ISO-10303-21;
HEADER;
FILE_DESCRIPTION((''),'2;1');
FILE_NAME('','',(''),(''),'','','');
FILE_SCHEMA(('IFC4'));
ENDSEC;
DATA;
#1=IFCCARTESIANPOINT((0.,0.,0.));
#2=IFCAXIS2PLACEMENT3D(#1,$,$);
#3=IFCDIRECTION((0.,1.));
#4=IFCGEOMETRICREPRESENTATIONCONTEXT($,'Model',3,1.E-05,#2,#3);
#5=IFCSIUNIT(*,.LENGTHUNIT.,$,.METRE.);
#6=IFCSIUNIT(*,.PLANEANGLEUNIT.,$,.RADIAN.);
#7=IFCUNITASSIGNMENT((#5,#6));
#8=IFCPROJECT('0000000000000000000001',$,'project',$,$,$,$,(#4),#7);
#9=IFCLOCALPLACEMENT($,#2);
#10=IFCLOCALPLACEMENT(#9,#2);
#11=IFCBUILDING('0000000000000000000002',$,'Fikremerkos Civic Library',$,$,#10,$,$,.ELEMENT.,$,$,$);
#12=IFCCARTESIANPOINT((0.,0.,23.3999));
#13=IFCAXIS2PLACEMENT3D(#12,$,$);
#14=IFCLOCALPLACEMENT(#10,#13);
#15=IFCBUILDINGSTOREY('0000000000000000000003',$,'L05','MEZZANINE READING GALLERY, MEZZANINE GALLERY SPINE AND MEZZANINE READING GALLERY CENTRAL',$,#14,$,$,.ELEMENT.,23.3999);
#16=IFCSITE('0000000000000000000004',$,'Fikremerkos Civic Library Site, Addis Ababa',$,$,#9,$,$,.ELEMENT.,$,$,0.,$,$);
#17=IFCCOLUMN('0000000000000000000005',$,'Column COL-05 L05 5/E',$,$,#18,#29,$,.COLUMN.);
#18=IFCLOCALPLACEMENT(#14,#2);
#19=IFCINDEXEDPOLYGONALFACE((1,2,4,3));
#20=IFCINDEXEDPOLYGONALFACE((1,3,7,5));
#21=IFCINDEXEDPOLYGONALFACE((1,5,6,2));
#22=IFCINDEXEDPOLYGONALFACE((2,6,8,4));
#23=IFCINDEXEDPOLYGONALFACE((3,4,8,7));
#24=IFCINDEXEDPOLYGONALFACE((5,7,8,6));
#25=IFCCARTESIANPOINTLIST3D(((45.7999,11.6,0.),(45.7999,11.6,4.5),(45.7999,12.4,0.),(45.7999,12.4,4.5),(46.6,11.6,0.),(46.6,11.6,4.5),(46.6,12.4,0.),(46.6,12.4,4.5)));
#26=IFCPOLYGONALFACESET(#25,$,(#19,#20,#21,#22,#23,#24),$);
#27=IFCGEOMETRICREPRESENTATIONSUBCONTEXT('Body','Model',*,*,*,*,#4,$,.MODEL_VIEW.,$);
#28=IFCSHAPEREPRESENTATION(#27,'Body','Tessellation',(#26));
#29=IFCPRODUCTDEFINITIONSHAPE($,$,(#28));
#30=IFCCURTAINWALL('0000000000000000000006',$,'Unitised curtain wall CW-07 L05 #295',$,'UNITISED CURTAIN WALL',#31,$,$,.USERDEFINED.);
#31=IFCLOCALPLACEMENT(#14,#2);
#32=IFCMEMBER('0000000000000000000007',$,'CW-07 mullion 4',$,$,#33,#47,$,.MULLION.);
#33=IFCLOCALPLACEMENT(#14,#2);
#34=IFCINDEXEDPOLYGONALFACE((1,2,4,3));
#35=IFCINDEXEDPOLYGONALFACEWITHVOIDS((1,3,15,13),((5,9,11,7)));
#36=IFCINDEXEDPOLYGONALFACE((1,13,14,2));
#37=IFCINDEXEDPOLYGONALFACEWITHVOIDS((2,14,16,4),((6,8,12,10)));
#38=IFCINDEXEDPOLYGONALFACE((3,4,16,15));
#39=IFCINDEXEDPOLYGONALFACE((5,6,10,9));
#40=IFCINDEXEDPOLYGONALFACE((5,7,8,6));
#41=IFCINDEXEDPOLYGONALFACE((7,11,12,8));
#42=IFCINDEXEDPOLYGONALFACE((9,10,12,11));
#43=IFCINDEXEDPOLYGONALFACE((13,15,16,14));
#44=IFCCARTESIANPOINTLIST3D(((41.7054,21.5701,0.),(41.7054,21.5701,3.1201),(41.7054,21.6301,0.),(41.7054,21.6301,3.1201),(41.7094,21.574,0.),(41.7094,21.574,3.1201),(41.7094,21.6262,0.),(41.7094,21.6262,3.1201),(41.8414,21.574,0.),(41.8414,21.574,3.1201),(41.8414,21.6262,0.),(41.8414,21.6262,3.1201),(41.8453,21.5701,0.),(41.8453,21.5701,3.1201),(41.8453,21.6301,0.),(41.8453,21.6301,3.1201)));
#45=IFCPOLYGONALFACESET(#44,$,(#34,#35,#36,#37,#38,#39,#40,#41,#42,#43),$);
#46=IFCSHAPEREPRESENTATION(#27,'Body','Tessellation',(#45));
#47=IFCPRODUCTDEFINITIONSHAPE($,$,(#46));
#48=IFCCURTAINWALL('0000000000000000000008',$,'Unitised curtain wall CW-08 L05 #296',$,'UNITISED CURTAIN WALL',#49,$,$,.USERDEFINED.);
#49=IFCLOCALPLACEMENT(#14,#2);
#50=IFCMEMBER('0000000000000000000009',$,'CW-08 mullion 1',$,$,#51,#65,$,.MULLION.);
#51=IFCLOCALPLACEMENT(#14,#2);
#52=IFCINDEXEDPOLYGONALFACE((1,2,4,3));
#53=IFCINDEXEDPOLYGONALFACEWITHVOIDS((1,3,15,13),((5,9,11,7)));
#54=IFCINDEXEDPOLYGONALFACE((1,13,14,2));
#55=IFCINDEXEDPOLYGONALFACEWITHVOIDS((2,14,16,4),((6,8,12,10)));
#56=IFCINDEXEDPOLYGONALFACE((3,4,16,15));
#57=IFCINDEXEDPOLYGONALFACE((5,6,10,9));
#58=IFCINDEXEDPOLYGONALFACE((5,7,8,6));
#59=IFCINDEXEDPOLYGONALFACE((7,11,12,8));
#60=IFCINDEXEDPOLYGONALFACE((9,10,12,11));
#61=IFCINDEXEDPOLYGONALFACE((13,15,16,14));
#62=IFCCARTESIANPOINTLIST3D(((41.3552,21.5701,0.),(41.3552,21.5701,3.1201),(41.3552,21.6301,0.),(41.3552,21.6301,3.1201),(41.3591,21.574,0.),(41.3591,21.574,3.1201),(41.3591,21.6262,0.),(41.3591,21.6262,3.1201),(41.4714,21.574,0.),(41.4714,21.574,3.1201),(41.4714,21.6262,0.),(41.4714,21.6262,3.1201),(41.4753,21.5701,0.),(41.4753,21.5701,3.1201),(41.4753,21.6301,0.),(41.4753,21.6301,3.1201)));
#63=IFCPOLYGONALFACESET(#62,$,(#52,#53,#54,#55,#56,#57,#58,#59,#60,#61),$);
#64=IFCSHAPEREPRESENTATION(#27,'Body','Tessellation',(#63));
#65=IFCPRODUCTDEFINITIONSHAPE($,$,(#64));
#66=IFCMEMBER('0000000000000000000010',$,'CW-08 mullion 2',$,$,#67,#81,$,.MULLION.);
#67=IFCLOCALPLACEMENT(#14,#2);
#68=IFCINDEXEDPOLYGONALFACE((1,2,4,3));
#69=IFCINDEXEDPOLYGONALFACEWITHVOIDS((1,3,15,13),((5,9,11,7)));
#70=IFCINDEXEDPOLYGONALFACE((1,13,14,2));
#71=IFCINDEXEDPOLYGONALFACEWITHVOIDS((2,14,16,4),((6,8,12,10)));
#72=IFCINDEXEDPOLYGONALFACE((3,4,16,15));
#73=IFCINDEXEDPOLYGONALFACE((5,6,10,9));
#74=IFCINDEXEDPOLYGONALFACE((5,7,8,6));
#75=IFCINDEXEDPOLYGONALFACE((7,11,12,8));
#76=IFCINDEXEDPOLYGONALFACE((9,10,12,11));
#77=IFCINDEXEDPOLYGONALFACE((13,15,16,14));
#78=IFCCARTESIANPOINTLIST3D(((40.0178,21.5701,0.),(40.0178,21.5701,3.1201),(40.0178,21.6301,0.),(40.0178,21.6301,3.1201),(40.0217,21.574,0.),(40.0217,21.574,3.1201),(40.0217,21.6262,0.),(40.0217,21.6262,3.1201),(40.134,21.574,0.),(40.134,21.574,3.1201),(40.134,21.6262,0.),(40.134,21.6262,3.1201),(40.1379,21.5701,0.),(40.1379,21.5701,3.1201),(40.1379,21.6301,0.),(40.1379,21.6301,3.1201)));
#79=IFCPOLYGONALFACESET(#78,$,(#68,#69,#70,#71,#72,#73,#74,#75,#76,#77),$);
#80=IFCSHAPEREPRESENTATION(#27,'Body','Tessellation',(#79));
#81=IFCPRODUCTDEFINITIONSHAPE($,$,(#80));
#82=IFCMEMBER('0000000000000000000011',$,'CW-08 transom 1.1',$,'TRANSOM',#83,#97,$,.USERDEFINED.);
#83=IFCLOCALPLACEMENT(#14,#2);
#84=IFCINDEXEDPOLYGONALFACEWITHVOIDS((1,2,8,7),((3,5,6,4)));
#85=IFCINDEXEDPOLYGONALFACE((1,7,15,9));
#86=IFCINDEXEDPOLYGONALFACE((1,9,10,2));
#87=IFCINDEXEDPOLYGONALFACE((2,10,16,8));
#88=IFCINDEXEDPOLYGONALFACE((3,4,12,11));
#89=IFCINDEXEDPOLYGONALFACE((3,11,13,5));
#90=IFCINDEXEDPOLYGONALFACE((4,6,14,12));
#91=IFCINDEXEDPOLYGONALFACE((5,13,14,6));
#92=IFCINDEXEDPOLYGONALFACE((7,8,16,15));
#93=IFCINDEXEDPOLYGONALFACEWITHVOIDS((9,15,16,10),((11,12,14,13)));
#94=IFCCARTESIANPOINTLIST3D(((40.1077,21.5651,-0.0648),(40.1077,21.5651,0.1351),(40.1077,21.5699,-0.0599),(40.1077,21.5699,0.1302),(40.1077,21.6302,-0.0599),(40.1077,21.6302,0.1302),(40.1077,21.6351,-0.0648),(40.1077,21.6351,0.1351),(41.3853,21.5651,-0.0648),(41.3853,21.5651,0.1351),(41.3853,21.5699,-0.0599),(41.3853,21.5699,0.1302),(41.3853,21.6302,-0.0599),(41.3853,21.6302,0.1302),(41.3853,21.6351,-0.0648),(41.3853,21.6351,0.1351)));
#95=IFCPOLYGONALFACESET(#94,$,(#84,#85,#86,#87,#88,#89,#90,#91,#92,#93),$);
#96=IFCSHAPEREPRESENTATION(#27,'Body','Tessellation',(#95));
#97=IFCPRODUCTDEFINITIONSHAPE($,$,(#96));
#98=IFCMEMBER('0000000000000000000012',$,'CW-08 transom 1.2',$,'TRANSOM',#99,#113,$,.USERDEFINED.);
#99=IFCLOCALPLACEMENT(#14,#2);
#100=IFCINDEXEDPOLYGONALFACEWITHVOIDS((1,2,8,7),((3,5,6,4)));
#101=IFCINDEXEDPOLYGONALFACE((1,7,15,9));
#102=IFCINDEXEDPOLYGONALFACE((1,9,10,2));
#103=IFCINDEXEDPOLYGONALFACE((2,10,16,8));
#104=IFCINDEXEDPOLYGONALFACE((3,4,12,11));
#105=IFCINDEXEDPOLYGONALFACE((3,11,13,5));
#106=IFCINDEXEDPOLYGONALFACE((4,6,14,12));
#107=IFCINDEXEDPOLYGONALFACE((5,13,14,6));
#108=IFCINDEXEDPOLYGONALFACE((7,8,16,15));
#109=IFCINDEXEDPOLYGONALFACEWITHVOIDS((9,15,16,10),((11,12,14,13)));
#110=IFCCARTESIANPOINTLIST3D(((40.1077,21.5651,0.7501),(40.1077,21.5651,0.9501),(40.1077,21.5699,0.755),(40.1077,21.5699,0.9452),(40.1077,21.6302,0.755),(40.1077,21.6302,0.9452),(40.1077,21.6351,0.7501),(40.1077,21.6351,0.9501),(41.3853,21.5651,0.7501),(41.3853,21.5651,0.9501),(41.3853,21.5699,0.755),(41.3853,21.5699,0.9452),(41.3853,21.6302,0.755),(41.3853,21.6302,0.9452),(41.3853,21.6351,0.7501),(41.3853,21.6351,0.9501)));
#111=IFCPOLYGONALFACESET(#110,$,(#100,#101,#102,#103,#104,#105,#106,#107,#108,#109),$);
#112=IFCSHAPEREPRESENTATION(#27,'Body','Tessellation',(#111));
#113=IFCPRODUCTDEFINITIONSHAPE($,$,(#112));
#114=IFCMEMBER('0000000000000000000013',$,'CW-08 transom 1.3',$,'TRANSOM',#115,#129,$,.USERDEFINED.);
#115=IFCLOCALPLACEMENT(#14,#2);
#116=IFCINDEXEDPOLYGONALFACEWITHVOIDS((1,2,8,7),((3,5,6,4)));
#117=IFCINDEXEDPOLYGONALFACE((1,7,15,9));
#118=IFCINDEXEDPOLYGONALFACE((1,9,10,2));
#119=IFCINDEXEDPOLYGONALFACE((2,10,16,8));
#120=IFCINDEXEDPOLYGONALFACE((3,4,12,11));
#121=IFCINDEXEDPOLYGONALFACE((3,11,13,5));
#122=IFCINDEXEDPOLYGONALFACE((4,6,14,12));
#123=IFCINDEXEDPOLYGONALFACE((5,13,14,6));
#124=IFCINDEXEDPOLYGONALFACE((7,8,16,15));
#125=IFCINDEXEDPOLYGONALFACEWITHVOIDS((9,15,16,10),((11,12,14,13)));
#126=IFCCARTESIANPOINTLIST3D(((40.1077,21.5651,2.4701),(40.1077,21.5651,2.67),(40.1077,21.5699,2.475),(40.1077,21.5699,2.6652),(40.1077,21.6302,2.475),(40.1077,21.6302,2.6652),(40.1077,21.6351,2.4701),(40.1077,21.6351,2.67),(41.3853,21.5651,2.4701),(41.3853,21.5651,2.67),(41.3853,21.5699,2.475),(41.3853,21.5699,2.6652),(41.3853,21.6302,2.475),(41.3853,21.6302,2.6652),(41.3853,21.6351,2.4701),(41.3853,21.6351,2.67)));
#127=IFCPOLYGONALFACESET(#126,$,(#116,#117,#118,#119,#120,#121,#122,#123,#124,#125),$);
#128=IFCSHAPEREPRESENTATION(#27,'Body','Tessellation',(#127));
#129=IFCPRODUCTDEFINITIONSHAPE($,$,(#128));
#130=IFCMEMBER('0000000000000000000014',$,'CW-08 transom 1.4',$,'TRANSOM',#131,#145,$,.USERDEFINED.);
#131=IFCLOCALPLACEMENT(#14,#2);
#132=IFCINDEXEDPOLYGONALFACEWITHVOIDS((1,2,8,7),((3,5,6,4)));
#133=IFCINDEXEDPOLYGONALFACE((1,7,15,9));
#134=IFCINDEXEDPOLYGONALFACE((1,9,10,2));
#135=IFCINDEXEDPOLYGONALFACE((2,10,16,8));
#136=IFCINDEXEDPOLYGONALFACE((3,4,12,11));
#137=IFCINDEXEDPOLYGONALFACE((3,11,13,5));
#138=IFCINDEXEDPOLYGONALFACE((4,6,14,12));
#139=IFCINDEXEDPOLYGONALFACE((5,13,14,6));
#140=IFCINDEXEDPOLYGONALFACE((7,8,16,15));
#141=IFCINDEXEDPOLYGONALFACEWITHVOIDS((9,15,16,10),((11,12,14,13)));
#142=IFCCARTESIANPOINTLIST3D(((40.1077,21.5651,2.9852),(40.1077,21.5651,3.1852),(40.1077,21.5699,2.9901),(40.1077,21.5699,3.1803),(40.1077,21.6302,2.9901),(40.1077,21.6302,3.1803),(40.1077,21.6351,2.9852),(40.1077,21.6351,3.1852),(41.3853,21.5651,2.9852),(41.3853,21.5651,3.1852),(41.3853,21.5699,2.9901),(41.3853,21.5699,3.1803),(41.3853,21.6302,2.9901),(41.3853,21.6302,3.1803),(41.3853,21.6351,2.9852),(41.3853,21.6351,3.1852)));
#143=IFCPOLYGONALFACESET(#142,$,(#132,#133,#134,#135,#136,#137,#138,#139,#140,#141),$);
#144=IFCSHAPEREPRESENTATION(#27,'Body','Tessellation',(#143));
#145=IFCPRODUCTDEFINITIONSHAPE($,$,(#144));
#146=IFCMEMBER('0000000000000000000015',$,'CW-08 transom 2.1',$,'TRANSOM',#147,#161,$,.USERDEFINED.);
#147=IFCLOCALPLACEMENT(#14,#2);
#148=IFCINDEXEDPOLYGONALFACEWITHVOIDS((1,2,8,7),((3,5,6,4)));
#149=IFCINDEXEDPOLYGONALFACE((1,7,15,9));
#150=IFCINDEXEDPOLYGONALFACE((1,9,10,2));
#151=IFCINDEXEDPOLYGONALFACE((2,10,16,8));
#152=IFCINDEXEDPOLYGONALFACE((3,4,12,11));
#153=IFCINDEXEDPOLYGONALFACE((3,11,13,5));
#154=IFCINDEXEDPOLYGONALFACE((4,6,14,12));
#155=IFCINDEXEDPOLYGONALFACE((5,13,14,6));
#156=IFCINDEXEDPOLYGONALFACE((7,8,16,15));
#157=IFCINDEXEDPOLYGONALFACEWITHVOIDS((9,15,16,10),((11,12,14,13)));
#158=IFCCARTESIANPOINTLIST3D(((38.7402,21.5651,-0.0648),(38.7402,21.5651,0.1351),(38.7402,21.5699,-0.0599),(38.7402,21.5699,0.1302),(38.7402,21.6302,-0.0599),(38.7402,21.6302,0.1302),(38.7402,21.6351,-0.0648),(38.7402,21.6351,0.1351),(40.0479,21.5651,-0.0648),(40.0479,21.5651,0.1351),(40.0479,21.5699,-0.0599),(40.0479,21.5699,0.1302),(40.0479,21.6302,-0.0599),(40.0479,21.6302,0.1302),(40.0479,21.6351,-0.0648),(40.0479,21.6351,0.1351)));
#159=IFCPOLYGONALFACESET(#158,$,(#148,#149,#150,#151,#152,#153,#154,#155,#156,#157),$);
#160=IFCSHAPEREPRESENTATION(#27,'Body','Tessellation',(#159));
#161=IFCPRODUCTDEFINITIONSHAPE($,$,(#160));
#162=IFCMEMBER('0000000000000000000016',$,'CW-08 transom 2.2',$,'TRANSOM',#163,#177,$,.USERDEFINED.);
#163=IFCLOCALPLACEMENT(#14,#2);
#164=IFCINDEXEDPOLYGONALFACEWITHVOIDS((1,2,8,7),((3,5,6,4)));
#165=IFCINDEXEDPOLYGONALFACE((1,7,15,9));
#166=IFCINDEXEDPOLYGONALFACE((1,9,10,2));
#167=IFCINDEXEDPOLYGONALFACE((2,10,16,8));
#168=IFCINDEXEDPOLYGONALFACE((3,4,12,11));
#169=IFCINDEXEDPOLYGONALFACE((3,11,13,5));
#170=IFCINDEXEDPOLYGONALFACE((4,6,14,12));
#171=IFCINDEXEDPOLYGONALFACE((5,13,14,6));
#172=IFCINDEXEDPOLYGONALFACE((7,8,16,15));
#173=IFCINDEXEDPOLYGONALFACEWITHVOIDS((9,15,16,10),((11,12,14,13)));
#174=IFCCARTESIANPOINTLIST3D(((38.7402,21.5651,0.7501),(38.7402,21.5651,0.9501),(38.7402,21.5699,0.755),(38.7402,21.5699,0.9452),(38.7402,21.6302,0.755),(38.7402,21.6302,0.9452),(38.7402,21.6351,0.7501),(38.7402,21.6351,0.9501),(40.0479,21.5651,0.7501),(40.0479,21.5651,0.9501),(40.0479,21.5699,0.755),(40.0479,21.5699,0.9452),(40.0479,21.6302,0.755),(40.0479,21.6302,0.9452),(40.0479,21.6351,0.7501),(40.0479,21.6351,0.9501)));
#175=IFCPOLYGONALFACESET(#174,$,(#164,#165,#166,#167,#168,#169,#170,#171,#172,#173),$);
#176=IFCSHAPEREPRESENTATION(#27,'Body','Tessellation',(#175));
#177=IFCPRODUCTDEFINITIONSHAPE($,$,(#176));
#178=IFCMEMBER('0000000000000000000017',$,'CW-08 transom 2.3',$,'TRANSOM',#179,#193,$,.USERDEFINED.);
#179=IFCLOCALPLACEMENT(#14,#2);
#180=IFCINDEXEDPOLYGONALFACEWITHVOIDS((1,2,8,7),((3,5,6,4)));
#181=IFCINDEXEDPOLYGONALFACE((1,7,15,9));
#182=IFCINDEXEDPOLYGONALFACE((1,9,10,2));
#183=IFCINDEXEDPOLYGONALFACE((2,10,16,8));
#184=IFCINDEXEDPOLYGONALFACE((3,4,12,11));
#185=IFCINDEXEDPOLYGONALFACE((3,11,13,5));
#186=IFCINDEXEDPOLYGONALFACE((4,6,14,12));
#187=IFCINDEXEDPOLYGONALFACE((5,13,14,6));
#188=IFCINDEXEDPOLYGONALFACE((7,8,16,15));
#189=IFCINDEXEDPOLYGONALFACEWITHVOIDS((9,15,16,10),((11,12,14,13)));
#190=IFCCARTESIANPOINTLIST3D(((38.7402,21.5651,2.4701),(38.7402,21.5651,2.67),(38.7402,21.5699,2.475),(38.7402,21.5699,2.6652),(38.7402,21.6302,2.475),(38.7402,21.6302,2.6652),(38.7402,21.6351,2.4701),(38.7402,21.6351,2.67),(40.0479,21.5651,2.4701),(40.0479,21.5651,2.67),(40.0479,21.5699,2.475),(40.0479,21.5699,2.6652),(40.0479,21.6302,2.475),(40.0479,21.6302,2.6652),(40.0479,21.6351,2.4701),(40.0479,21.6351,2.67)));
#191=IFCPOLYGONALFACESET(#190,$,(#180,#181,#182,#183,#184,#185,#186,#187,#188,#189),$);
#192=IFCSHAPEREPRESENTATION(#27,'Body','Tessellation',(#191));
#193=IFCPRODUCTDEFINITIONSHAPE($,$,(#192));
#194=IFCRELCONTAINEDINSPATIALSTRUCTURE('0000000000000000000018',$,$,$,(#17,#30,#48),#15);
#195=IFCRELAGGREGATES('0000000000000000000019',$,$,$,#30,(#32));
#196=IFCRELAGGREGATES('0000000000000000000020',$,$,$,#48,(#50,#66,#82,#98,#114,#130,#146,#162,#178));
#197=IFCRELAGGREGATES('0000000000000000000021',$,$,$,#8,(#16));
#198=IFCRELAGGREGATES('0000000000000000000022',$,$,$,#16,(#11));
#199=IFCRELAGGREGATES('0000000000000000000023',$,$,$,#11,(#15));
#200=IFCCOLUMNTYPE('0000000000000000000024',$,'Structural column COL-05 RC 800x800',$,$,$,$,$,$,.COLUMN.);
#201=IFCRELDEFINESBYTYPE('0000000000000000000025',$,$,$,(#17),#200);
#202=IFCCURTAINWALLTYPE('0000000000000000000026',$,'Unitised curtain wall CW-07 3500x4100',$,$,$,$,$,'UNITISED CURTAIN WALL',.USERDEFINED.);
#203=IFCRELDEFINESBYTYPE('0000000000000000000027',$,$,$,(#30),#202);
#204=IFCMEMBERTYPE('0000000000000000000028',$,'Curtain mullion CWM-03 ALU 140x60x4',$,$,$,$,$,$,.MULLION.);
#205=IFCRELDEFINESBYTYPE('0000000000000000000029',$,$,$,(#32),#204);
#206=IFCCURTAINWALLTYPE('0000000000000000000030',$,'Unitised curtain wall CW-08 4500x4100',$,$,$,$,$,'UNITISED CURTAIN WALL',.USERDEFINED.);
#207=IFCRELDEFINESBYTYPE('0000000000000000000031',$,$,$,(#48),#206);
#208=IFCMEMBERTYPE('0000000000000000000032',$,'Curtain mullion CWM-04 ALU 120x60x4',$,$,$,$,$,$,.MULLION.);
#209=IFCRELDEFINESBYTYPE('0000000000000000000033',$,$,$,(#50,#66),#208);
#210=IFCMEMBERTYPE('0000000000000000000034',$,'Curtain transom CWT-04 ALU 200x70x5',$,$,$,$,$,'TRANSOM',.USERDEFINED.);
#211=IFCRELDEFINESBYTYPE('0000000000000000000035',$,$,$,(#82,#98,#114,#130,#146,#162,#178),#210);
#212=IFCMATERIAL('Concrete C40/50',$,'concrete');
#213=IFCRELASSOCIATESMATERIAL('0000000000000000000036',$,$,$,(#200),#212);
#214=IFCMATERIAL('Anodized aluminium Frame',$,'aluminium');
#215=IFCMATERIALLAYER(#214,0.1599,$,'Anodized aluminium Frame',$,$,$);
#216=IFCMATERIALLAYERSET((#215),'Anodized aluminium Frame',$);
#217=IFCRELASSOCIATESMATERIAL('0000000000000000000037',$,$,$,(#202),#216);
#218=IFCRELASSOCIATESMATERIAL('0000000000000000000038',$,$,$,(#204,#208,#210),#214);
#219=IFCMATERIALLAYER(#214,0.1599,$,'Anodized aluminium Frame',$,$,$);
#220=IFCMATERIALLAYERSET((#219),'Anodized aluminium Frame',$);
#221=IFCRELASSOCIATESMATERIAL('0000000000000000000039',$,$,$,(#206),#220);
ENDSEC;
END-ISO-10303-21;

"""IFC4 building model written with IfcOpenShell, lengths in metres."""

from ifc_helpers import new_model, si_unit, direction, frame, origin, origin_2d, place, context, subcontext, project, spatial, rectangle, hollow_rectangle, extrude, material, layer, layer_set, material_profile, profile_set, type_object, element, aggregate, save


model = new_model("IFC4")

# Units and contexts
model_context = context("Model", 3, precision=1e-05, world=origin(), true_north=direction((0.0, 1.0)))
body_context = subcontext(model_context, "Body", "Model", "MODEL_VIEW")
ifc_project = project(units=[si_unit("LENGTHUNIT", "METRE"), si_unit("PLANEANGLEUNIT", "RADIAN")], contexts=[model_context])

# Site, building, storey
site_placement = place(None, origin())
site = spatial("IfcSite", under=ifc_project, at=site_placement, Name="Fikremerkos Civic Library Site, Addis Ababa", CompositionType="ELEMENT", RefElevation=0.0)
building_placement = place(site_placement, origin())
building = spatial("IfcBuilding", under=site, at=building_placement, Name="Fikremerkos Civic Library", CompositionType="ELEMENT")
storey_placement = place(building_placement, frame((0.0, 0.0, 23.3999)))
storey = spatial("IfcBuildingStorey", under=building, at=storey_placement, Name="L05", Description="MEZZANINE READING GALLERY, MEZZANINE GALLERY SPINE AND MEZZANINE READING GALLERY CENTRAL", CompositionType="ELEMENT", Elevation=23.3999)

# Column
ifc_material_1 = material(Name="Concrete C40/50", Category="concrete")
ifc_material_profile_1 = material_profile(ifc_material_1, rectangle(XDim=0.8, YDim=0.8, at=origin_2d()), Name="RC 800x800")
ifc_profile_set_1 = profile_set([ifc_material_profile_1], Name="Concrete C40/50")
column_type = type_object("IfcColumnType", Name="Structural column COL-05 RC 800x800", PredefinedType="COLUMN", material=ifc_profile_set_1)
column_placement = place(storey_placement, frame((46.2, 12.0, 0.0), z_axis=(0.0, 0.0, 1.0), x_axis=(1.0, 0.0, 0.0)))
element("IfcColumn", 1, at=column_placement, inside=storey, type_object=column_type, Name="Column COL-05 L05 5/E", PredefinedType="COLUMN", context=body_context, shape_type="SweptSolid", body=[
    extrude(rectangle(XDim=0.8, YDim=0.8, at=origin_2d()), origin(), (0.0, 0.0, 1.0), 4.5),
])

# Curtain wall, member
ifc_material_2 = material(Name="Anodized aluminium Frame", Category="aluminium")
ifc_layer_1 = layer(ifc_material_2, 0.1599, Name="Anodized aluminium Frame")
ifc_layer_set_1 = layer_set([ifc_layer_1], Name="Anodized aluminium Frame")
curtain_wall_type_1 = type_object("IfcCurtainWallType", Name="Unitised curtain wall CW-07 3500x4100", ElementType="UNITISED CURTAIN WALL", PredefinedType="USERDEFINED", material=ifc_layer_set_1)
curtain_wall_1_placement = place(storey_placement, origin())
curtain_wall_1 = element("IfcCurtainWall", 2, at=curtain_wall_1_placement, inside=storey, type_object=curtain_wall_type_1, Name="Unitised curtain wall CW-07 L05 #295", ObjectType="UNITISED CURTAIN WALL", PredefinedType="USERDEFINED")
ifc_material_profile_2 = material_profile(ifc_material_2, hollow_rectangle(XDim=0.0601, YDim=0.1399, WallThickness=0.0039, at=origin_2d()), Name="ALU 140x60x4")
ifc_profile_set_2 = profile_set([ifc_material_profile_2], Name="Anodized aluminium Frame")
member_type_1 = type_object("IfcMemberType", Name="Curtain mullion CWM-03 ALU 140x60x4", PredefinedType="MULLION", material=ifc_profile_set_2)
member_1_placement = place(storey_placement, frame((41.7754, 21.6001, 0.0), z_axis=(0.0, 0.0, 1.0), x_axis=(0.0, -1.0, 0.0)))
member_1 = element("IfcMember", 3, at=member_1_placement, type_object=member_type_1, Name="CW-07 mullion 4", PredefinedType="MULLION", context=body_context, shape_type="SweptSolid", body=[
    extrude(hollow_rectangle(XDim=0.0601, YDim=0.1399, WallThickness=0.0039, at=origin_2d()), origin(), (0.0, 0.0, 1.0), 3.1201),
])

# Curtain wall, members
ifc_layer_2 = layer(ifc_material_2, 0.1599, Name="Anodized aluminium Frame")
ifc_layer_set_2 = layer_set([ifc_layer_2], Name="Anodized aluminium Frame")
curtain_wall_type_2 = type_object("IfcCurtainWallType", Name="Unitised curtain wall CW-08 4500x4100", ElementType="UNITISED CURTAIN WALL", PredefinedType="USERDEFINED", material=ifc_layer_set_2)
curtain_wall_2_placement = place(storey_placement, origin())
curtain_wall_2 = element("IfcCurtainWall", 4, at=curtain_wall_2_placement, inside=storey, type_object=curtain_wall_type_2, Name="Unitised curtain wall CW-08 L05 #296", ObjectType="UNITISED CURTAIN WALL", PredefinedType="USERDEFINED")
ifc_material_profile_3 = material_profile(ifc_material_2, hollow_rectangle(XDim=0.0601, YDim=0.1201, WallThickness=0.0039, at=origin_2d()), Name="ALU 120x60x4")
ifc_profile_set_3 = profile_set([ifc_material_profile_3], Name="Anodized aluminium Frame")
member_type_2 = type_object("IfcMemberType", Name="Curtain mullion CWM-04 ALU 120x60x4", PredefinedType="MULLION", material=ifc_profile_set_3)
member_2_placement = place(storey_placement, frame((41.4153, 21.6001, 0.0), z_axis=(0.0, 0.0, 1.0), x_axis=(0.0, -1.0, 0.0)))
member_2 = element("IfcMember", 5, at=member_2_placement, type_object=member_type_2, Name="CW-08 mullion 1", PredefinedType="MULLION", context=body_context, shape_type="SweptSolid", body=[
    extrude(hollow_rectangle(XDim=0.0601, YDim=0.1201, WallThickness=0.0039, at=origin_2d()), origin(), (0.0, 0.0, 1.0), 3.1201),
])
member_3_placement = place(storey_placement, frame((40.0779, 21.6001, 0.0), z_axis=(0.0, 0.0, 1.0), x_axis=(0.0, -1.0, 0.0)))
member_3 = element("IfcMember", 6, at=member_3_placement, type_object=member_type_2, Name="CW-08 mullion 2", PredefinedType="MULLION", context=body_context, shape_type="SweptSolid", body=[
    extrude(hollow_rectangle(XDim=0.0601, YDim=0.1201, WallThickness=0.0039, at=origin_2d()), origin(), (0.0, 0.0, 1.0), 3.1201),
])
ifc_material_profile_4 = material_profile(ifc_material_2, hollow_rectangle(XDim=0.0701, YDim=0.2, WallThickness=0.0049, at=origin_2d()), Name="ALU 200x70x5")
ifc_profile_set_4 = profile_set([ifc_material_profile_4], Name="Anodized aluminium Frame")
member_type_3 = type_object("IfcMemberType", Name="Curtain transom CWT-04 ALU 200x70x5", ElementType="TRANSOM", PredefinedType="USERDEFINED", material=ifc_profile_set_4)
member_4_placement = place(storey_placement, frame((41.3853, 21.6001, 0.0352), z_axis=(-1.0, 0.0, 0.0), x_axis=(0.0, -1.0, 0.0)))
member_4 = element("IfcMember", 7, at=member_4_placement, type_object=member_type_3, Name="CW-08 transom 1.1", ObjectType="TRANSOM", PredefinedType="USERDEFINED", context=body_context, shape_type="SweptSolid", body=[
    extrude(hollow_rectangle(XDim=0.0701, YDim=0.2, WallThickness=0.0049, at=origin_2d()), origin(), (0.0, 0.0, 1.0), 1.2776),
])
member_5_placement = place(storey_placement, frame((41.3853, 21.6001, 0.8501), z_axis=(-1.0, 0.0, 0.0), x_axis=(0.0, -1.0, 0.0)))
member_5 = element("IfcMember", 8, at=member_5_placement, type_object=member_type_3, Name="CW-08 transom 1.2", ObjectType="TRANSOM", PredefinedType="USERDEFINED", context=body_context, shape_type="SweptSolid", body=[
    extrude(hollow_rectangle(XDim=0.0701, YDim=0.2, WallThickness=0.0049, at=origin_2d()), origin(), (0.0, 0.0, 1.0), 1.2776),
])
member_6_placement = place(storey_placement, frame((41.3853, 21.6001, 2.5701), z_axis=(-1.0, 0.0, 0.0), x_axis=(0.0, -1.0, 0.0)))
member_6 = element("IfcMember", 9, at=member_6_placement, type_object=member_type_3, Name="CW-08 transom 1.3", ObjectType="TRANSOM", PredefinedType="USERDEFINED", context=body_context, shape_type="SweptSolid", body=[
    extrude(hollow_rectangle(XDim=0.0701, YDim=0.2, WallThickness=0.0049, at=origin_2d()), origin(), (0.0, 0.0, 1.0), 1.2776),
])
member_7_placement = place(storey_placement, frame((41.3853, 21.6001, 3.0852), z_axis=(-1.0, 0.0, 0.0), x_axis=(0.0, -1.0, 0.0)))
member_7 = element("IfcMember", 10, at=member_7_placement, type_object=member_type_3, Name="CW-08 transom 1.4", ObjectType="TRANSOM", PredefinedType="USERDEFINED", context=body_context, shape_type="SweptSolid", body=[
    extrude(hollow_rectangle(XDim=0.0701, YDim=0.2, WallThickness=0.0049, at=origin_2d()), origin(), (0.0, 0.0, 1.0), 1.2776),
])
member_8_placement = place(storey_placement, frame((40.0479, 21.6001, 0.0352), z_axis=(-1.0, 0.0, 0.0), x_axis=(0.0, -1.0, 0.0)))
member_8 = element("IfcMember", 11, at=member_8_placement, type_object=member_type_3, Name="CW-08 transom 2.1", ObjectType="TRANSOM", PredefinedType="USERDEFINED", context=body_context, shape_type="SweptSolid", body=[
    extrude(hollow_rectangle(XDim=0.0701, YDim=0.2, WallThickness=0.0049, at=origin_2d()), origin(), (0.0, 0.0, 1.0), 1.3076),
])
member_9_placement = place(storey_placement, frame((40.0479, 21.6001, 0.8501), z_axis=(-1.0, 0.0, 0.0), x_axis=(0.0, -1.0, 0.0)))
member_9 = element("IfcMember", 12, at=member_9_placement, type_object=member_type_3, Name="CW-08 transom 2.2", ObjectType="TRANSOM", PredefinedType="USERDEFINED", context=body_context, shape_type="SweptSolid", body=[
    extrude(hollow_rectangle(XDim=0.0701, YDim=0.2, WallThickness=0.0049, at=origin_2d()), origin(), (0.0, 0.0, 1.0), 1.3076),
])
member_10_placement = place(storey_placement, frame((40.0479, 21.6001, 2.5701), z_axis=(-1.0, 0.0, 0.0), x_axis=(0.0, -1.0, 0.0)))
member_10 = element("IfcMember", 13, at=member_10_placement, type_object=member_type_3, Name="CW-08 transom 2.3", ObjectType="TRANSOM", PredefinedType="USERDEFINED", context=body_context, shape_type="SweptSolid", body=[
    extrude(hollow_rectangle(XDim=0.0701, YDim=0.2, WallThickness=0.0049, at=origin_2d()), origin(), (0.0, 0.0, 1.0), 1.3076),
])

aggregate(curtain_wall_1, [member_1])
aggregate(curtain_wall_2, [member_2, member_3, member_4, member_5, member_6, member_7, member_8, member_9, member_10])

save(model, "model.ifc")
